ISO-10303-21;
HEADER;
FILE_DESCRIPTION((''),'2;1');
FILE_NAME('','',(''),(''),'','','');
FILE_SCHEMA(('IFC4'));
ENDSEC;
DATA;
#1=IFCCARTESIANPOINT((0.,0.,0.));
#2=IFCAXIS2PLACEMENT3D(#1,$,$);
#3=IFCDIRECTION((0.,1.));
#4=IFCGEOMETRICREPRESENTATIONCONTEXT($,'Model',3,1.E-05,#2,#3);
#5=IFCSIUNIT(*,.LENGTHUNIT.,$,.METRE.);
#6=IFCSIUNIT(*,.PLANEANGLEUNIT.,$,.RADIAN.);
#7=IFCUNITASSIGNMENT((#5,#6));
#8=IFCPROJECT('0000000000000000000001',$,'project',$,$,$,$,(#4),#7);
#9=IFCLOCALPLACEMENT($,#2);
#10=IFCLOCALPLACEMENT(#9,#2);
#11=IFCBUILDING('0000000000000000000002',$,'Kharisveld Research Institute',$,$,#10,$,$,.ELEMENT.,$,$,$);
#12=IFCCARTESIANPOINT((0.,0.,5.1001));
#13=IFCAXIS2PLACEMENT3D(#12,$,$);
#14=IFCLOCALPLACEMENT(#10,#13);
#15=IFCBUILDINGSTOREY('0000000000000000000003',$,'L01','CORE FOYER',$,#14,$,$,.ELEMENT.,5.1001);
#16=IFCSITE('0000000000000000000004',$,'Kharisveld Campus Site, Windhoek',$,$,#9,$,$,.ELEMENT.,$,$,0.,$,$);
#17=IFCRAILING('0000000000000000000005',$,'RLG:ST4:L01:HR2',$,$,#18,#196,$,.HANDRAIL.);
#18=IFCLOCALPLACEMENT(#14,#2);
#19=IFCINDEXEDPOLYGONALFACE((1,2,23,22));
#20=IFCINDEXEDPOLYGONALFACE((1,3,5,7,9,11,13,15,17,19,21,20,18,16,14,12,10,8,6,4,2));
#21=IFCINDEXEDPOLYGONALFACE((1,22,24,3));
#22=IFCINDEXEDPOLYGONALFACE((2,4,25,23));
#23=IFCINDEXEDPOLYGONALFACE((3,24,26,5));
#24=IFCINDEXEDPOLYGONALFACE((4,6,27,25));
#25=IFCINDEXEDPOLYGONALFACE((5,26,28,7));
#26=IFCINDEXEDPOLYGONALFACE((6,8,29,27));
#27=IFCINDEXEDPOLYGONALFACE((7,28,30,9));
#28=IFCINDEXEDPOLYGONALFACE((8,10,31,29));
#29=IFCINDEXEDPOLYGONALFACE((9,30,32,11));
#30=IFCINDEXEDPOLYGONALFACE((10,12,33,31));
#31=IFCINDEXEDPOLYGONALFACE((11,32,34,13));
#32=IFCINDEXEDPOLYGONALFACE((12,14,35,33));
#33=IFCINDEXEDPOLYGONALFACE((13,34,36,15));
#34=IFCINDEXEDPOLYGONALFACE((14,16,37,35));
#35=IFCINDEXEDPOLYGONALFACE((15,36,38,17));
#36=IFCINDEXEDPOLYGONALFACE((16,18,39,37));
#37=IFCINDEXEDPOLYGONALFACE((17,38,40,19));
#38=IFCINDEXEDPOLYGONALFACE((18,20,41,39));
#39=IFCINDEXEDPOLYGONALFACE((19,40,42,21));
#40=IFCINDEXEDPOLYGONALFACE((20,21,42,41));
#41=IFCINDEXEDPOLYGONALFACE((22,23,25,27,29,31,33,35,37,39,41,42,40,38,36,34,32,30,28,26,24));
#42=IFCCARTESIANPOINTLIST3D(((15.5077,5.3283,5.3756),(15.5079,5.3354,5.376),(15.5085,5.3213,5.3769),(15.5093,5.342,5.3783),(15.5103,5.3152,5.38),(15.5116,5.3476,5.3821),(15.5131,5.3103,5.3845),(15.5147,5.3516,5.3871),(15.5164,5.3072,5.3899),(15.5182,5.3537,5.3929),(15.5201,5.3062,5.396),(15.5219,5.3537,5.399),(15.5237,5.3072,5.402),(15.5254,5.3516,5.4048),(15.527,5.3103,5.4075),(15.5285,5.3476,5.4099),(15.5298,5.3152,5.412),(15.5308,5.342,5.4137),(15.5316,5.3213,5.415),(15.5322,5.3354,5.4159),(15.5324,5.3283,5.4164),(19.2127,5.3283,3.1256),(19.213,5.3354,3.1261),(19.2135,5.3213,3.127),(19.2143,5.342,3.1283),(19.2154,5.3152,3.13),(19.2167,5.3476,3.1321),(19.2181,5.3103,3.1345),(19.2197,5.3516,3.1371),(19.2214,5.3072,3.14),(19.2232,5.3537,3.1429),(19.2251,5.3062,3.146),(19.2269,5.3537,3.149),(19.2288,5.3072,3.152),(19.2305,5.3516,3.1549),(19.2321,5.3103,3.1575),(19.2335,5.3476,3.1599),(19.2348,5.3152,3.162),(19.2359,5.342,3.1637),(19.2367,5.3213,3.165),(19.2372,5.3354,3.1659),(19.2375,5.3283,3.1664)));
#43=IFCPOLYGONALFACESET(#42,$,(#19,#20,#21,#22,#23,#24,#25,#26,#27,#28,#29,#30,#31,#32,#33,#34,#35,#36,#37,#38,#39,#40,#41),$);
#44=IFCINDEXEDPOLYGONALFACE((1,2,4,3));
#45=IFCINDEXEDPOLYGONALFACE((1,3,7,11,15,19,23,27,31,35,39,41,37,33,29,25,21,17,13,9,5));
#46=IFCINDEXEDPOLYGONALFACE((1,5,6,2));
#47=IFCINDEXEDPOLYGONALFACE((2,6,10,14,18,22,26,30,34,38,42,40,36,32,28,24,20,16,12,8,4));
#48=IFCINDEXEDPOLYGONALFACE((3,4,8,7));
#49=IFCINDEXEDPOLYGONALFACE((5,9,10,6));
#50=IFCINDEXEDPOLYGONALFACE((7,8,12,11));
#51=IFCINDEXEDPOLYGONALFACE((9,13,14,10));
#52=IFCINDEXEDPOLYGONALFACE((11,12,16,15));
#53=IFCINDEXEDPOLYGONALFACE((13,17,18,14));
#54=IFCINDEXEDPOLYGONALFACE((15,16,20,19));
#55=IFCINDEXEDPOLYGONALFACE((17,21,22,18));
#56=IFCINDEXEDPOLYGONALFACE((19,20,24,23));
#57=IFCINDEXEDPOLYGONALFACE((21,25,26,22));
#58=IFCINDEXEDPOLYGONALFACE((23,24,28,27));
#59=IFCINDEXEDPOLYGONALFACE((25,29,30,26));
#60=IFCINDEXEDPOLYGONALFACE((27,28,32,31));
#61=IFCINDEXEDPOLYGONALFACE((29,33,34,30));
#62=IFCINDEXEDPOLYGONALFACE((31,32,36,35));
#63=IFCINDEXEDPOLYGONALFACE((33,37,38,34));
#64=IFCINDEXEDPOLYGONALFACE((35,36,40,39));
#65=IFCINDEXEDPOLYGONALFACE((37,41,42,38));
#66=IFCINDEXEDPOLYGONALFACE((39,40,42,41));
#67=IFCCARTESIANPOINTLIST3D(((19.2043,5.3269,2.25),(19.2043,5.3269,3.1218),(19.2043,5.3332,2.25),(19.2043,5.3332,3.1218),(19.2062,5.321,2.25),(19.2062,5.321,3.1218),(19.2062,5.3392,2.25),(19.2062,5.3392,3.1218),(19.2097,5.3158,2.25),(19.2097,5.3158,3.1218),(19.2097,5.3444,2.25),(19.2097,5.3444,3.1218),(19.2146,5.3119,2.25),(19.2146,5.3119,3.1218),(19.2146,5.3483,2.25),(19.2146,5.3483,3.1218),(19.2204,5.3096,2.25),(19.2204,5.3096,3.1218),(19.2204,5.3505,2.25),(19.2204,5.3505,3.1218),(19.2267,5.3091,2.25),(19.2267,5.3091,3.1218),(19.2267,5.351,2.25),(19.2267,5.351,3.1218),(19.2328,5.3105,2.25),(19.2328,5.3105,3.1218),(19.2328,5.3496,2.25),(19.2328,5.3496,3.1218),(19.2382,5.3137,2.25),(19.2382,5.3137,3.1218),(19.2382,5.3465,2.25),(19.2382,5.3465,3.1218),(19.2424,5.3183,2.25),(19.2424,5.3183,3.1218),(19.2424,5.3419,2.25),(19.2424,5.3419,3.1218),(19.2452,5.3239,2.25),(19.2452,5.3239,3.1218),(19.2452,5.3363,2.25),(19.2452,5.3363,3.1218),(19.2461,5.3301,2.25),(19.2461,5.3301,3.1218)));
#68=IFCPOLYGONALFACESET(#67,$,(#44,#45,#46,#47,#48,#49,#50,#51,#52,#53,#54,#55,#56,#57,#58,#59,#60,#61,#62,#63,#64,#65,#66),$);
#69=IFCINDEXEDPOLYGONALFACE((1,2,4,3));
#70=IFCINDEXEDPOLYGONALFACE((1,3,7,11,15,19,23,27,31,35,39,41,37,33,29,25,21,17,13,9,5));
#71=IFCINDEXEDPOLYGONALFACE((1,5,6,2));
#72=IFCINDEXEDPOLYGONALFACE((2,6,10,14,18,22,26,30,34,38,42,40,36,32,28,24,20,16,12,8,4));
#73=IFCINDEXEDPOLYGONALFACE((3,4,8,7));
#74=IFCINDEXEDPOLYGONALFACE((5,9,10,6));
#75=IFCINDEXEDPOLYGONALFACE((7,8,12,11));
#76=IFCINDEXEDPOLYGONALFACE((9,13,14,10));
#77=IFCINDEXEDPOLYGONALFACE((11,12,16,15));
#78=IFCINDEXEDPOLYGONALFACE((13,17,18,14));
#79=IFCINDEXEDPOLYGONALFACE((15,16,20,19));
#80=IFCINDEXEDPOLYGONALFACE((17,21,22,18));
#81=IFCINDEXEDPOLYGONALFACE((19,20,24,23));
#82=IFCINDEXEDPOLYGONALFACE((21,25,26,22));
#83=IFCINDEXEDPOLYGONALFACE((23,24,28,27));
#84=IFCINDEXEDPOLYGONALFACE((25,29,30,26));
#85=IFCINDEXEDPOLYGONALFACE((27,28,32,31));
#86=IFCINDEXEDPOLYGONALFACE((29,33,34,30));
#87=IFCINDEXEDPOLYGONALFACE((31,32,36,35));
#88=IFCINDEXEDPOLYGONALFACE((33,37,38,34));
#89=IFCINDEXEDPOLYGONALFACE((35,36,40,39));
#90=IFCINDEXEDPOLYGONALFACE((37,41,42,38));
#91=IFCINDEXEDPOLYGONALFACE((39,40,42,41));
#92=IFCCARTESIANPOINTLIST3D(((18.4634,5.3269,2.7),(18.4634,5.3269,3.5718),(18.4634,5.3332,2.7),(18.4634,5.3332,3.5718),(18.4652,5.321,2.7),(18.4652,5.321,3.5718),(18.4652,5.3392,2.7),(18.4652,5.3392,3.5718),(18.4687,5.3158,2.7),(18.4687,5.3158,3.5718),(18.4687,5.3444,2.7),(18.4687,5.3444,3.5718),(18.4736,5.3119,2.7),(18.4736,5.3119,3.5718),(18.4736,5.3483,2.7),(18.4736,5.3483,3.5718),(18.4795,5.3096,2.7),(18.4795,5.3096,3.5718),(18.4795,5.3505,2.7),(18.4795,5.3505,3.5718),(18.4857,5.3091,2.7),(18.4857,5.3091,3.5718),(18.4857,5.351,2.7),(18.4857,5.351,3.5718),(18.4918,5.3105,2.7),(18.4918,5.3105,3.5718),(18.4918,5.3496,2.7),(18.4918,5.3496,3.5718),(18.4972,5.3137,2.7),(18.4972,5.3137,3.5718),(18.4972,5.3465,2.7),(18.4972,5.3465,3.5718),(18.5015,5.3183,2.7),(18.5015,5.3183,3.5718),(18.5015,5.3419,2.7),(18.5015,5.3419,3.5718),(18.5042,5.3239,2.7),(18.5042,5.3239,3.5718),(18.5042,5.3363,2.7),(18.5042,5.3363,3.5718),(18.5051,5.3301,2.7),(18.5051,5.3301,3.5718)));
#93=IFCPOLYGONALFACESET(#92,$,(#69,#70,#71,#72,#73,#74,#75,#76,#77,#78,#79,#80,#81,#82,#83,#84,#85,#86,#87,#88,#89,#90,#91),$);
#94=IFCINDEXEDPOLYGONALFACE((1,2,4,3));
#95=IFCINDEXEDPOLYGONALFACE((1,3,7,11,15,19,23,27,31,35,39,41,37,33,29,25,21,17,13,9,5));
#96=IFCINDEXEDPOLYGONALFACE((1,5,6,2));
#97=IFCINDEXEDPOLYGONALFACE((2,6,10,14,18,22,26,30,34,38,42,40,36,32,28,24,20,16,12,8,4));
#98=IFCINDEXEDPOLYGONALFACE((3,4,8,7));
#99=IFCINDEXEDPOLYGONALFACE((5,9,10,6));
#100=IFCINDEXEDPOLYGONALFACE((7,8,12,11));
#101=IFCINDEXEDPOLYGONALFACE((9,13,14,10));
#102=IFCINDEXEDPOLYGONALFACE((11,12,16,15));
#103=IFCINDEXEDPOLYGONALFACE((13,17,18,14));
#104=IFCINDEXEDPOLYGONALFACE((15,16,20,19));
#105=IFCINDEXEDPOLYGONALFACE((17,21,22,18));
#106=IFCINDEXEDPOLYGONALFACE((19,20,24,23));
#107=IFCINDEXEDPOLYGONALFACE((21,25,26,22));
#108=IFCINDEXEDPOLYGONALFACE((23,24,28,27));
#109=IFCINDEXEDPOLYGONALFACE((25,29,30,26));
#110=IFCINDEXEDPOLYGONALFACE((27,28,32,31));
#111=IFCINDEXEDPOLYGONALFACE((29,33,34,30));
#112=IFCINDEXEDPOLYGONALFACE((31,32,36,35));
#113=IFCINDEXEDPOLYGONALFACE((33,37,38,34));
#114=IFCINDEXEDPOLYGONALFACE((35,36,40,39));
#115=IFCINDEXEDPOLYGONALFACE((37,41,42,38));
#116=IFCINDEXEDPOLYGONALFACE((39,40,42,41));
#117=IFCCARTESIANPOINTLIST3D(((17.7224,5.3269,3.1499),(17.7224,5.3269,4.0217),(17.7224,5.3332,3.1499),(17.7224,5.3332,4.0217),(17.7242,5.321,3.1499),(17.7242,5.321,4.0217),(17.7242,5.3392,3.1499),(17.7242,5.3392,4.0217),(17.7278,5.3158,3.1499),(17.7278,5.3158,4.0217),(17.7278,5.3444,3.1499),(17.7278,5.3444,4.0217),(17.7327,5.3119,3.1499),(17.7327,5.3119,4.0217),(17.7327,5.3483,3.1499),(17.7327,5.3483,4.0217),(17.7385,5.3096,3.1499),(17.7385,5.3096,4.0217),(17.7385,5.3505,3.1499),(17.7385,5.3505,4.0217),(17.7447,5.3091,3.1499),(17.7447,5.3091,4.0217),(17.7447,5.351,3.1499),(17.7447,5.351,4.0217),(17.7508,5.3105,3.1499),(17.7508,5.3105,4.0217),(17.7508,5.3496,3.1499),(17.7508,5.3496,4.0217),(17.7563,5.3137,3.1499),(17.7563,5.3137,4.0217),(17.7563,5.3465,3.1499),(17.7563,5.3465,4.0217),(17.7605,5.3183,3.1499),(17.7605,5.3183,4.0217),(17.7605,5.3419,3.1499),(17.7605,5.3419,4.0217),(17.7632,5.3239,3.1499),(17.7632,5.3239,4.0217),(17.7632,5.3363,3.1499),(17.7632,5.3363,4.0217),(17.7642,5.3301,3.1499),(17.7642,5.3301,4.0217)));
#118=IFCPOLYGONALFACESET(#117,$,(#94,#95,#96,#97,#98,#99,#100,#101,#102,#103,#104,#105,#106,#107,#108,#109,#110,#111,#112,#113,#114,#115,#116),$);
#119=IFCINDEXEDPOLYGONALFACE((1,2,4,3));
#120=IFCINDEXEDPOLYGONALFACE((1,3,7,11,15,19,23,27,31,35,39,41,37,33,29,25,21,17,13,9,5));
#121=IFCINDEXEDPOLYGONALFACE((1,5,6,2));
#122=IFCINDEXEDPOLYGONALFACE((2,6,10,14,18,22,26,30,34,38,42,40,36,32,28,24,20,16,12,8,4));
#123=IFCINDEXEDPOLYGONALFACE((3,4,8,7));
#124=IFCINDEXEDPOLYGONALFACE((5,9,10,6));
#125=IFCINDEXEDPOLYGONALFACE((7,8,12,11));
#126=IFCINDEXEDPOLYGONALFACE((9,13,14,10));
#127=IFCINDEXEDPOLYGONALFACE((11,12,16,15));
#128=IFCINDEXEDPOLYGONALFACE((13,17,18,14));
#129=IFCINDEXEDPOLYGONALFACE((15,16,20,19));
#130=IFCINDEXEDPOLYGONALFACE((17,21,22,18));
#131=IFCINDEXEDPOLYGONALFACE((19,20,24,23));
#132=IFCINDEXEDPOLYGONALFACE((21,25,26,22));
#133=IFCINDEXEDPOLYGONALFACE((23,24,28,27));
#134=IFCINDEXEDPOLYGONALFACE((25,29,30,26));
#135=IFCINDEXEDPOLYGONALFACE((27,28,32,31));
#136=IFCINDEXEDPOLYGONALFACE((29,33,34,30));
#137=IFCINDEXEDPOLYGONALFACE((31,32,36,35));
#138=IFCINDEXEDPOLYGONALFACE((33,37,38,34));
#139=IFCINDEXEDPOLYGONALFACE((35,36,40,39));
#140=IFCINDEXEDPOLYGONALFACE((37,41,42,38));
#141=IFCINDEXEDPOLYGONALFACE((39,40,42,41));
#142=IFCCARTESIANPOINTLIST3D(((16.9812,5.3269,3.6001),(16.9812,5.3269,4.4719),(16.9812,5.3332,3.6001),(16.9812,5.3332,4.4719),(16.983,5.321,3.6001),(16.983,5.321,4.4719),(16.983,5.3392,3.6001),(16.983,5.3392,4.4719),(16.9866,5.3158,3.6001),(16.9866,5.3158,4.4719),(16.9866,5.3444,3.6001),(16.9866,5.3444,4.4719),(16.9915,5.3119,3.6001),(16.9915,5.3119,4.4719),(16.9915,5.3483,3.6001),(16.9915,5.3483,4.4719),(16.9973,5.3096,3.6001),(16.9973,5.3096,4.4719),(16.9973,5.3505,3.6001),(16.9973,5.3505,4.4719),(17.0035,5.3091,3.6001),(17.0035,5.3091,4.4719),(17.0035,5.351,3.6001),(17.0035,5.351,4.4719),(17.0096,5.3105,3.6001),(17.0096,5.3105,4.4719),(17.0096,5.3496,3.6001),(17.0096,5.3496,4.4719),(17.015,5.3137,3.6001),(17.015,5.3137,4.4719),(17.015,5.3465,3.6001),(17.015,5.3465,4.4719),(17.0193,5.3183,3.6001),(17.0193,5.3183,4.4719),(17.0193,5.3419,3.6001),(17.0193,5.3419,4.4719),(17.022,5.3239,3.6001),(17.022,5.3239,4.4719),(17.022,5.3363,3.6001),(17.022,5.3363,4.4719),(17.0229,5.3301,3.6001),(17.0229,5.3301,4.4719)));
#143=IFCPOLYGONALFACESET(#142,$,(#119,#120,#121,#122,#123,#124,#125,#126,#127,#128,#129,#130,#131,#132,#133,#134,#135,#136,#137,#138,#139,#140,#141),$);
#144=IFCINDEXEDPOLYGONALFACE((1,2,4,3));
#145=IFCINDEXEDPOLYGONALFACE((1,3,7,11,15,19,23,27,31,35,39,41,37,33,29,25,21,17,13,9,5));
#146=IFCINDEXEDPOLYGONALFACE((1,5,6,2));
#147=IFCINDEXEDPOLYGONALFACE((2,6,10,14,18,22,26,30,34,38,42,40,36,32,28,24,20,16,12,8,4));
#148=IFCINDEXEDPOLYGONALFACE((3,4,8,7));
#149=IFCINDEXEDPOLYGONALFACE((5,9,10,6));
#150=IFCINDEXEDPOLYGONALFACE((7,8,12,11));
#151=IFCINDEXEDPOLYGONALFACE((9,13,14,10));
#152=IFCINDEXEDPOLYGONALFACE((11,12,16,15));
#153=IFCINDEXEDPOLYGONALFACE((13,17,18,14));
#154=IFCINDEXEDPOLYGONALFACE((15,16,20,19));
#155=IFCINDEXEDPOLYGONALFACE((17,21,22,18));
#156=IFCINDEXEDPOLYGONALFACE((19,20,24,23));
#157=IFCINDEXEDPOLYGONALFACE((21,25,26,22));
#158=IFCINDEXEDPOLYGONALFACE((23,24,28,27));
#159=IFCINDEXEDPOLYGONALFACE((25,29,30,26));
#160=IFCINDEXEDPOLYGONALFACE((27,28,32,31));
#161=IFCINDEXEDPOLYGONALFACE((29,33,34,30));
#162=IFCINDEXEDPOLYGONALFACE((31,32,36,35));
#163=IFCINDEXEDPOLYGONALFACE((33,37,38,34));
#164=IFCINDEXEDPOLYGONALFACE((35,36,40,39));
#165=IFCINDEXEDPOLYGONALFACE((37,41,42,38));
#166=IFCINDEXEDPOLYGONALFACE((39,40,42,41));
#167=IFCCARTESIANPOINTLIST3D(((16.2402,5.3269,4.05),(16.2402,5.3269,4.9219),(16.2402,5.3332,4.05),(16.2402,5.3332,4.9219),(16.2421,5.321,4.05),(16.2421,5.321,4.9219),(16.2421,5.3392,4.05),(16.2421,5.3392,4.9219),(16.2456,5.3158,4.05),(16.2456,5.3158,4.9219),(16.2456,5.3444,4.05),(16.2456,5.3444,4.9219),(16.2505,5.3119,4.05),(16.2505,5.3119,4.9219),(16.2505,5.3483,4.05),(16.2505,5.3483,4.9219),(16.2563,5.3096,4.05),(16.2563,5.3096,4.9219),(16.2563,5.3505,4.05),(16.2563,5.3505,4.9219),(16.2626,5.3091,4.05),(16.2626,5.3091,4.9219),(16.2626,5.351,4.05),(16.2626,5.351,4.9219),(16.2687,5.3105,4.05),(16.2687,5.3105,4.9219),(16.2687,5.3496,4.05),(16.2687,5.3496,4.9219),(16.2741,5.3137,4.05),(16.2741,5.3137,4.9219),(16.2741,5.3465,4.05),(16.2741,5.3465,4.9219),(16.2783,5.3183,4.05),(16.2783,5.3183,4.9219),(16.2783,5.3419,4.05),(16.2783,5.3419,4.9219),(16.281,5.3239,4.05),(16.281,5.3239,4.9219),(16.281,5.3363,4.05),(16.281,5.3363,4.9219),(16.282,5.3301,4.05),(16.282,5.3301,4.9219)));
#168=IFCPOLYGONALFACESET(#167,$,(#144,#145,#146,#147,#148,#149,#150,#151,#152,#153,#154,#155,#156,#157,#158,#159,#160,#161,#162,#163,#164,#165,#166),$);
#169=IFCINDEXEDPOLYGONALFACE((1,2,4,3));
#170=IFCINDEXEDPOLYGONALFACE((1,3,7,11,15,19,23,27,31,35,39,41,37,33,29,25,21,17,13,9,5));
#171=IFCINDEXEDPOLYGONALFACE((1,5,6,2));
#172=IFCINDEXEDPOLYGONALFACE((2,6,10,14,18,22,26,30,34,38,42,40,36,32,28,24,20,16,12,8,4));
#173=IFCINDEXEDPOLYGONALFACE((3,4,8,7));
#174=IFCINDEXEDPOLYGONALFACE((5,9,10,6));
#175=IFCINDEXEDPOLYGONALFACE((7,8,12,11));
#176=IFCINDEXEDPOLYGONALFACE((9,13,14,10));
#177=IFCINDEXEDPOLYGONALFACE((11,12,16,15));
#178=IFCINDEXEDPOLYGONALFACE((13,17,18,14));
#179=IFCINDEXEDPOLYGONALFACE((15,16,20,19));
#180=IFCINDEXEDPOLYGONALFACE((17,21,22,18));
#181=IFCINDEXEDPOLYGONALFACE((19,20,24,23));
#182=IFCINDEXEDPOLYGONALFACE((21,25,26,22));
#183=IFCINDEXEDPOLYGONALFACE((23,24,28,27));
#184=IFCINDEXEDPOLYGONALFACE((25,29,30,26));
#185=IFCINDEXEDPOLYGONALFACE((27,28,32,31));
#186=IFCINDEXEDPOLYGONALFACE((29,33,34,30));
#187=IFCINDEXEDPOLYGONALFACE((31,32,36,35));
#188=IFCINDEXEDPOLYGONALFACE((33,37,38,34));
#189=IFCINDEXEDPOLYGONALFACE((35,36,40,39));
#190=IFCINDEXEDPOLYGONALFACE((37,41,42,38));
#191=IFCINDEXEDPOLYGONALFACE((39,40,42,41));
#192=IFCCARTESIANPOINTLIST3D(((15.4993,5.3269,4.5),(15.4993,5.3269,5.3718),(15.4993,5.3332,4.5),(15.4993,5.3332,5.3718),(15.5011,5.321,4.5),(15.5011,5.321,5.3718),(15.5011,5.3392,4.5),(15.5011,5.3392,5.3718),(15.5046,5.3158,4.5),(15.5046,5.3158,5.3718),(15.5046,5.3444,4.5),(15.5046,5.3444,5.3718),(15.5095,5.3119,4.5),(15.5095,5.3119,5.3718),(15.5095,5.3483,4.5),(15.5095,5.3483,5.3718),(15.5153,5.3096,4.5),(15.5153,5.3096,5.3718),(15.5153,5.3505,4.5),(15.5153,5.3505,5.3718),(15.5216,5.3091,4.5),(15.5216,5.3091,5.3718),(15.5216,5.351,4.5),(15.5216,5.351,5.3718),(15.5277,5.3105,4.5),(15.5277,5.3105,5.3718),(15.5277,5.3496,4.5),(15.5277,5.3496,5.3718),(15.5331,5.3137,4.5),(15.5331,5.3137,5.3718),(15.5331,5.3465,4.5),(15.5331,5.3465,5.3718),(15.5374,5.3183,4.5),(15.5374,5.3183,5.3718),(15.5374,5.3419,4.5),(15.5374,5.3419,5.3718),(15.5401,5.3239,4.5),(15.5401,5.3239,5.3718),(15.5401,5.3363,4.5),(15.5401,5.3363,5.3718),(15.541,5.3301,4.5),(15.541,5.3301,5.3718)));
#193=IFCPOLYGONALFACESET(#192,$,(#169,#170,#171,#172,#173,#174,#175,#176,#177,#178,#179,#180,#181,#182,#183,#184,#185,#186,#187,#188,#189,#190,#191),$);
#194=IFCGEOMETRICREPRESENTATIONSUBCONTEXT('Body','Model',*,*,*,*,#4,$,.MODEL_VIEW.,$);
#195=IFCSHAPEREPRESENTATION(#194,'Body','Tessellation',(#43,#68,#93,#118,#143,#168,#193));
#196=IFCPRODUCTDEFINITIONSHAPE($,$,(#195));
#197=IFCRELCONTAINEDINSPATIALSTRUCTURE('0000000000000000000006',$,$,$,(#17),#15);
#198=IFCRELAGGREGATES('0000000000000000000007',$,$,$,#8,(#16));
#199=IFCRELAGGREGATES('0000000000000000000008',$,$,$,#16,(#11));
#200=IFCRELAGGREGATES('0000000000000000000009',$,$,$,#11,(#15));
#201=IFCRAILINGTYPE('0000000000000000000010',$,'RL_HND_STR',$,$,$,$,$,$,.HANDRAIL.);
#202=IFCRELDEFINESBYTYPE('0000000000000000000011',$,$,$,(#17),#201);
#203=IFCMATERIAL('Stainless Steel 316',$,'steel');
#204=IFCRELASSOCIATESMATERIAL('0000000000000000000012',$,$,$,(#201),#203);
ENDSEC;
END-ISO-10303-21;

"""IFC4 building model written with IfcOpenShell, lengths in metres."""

from ifc_helpers import new_model, si_unit, direction, frame, origin, origin_2d, place, context, subcontext, project, spatial, circle, extrude, material, type_object, element, save


model = new_model("IFC4")

# Units and contexts
model_context = context("Model", 3, precision=1e-05, world=origin(), true_north=direction((0.0, 1.0)))
body_context = subcontext(model_context, "Body", "Model", "MODEL_VIEW")
ifc_project = project(units=[si_unit("LENGTHUNIT", "METRE"), si_unit("PLANEANGLEUNIT", "RADIAN")], contexts=[model_context])

# Site, building, storey
site_placement = place(None, origin())
site = spatial("IfcSite", under=ifc_project, at=site_placement, Name="Kharisveld Campus Site, Windhoek", CompositionType="ELEMENT", RefElevation=0.0)
building_placement = place(site_placement, origin())
building = spatial("IfcBuilding", under=site, at=building_placement, Name="Kharisveld Research Institute", CompositionType="ELEMENT")
storey_placement = place(building_placement, frame((0.0, 0.0, 5.1001)))
storey = spatial("IfcBuildingStorey", under=building, at=storey_placement, Name="L01", Description="CORE FOYER", CompositionType="ELEMENT", Elevation=5.1001)

# Railing
ifc_material_1 = material(Name="Stainless Steel 316", Category="steel")
railing_type_1 = type_object("IfcRailingType", Name="RL_HND_STR", PredefinedType="HANDRAIL", material=ifc_material_1)
railing_1_placement = place(storey_placement, frame((19.2251, 5.3301, 2.25)))
element("IfcRailing", 1, at=railing_1_placement, inside=storey, type_object=railing_type_1, Name="RLG:ST4:L01:HR2", PredefinedType="HANDRAIL", context=body_context, shape_type="SweptSolid", body=[
    extrude(circle(Radius=0.0239, at=origin_2d()), frame((0.0, 0.0, 0.896), z_axis=(-0.854738, 0.0, 0.51906), x_axis=(0.0, -1.0, 0.0)), (0.0, 0.0, 1.0), 4.3347),
    extrude(circle(Radius=0.021, at=origin_2d()), origin(), (0.0, 0.0, 1.0), 0.8718),
    extrude(circle(Radius=0.021, at=origin_2d()), frame((-0.741, 0.0, 0.45)), (0.0, 0.0, 1.0), 0.8718),
    extrude(circle(Radius=0.021, at=origin_2d()), frame((-1.4819, 0.0, 0.8999)), (0.0, 0.0, 1.0), 0.8718),
    extrude(circle(Radius=0.021, at=origin_2d()), frame((-2.2231, 0.0, 1.3501)), (0.0, 0.0, 1.0), 0.8718),
    extrude(circle(Radius=0.021, at=origin_2d()), frame((-2.9641, 0.0, 1.8)), (0.0, 0.0, 1.0), 0.8718),
    extrude(circle(Radius=0.021, at=origin_2d()), frame((-3.7051, 0.0, 2.25)), (0.0, 0.0, 1.0), 0.8718),
])

save(model, "model.ifc")
